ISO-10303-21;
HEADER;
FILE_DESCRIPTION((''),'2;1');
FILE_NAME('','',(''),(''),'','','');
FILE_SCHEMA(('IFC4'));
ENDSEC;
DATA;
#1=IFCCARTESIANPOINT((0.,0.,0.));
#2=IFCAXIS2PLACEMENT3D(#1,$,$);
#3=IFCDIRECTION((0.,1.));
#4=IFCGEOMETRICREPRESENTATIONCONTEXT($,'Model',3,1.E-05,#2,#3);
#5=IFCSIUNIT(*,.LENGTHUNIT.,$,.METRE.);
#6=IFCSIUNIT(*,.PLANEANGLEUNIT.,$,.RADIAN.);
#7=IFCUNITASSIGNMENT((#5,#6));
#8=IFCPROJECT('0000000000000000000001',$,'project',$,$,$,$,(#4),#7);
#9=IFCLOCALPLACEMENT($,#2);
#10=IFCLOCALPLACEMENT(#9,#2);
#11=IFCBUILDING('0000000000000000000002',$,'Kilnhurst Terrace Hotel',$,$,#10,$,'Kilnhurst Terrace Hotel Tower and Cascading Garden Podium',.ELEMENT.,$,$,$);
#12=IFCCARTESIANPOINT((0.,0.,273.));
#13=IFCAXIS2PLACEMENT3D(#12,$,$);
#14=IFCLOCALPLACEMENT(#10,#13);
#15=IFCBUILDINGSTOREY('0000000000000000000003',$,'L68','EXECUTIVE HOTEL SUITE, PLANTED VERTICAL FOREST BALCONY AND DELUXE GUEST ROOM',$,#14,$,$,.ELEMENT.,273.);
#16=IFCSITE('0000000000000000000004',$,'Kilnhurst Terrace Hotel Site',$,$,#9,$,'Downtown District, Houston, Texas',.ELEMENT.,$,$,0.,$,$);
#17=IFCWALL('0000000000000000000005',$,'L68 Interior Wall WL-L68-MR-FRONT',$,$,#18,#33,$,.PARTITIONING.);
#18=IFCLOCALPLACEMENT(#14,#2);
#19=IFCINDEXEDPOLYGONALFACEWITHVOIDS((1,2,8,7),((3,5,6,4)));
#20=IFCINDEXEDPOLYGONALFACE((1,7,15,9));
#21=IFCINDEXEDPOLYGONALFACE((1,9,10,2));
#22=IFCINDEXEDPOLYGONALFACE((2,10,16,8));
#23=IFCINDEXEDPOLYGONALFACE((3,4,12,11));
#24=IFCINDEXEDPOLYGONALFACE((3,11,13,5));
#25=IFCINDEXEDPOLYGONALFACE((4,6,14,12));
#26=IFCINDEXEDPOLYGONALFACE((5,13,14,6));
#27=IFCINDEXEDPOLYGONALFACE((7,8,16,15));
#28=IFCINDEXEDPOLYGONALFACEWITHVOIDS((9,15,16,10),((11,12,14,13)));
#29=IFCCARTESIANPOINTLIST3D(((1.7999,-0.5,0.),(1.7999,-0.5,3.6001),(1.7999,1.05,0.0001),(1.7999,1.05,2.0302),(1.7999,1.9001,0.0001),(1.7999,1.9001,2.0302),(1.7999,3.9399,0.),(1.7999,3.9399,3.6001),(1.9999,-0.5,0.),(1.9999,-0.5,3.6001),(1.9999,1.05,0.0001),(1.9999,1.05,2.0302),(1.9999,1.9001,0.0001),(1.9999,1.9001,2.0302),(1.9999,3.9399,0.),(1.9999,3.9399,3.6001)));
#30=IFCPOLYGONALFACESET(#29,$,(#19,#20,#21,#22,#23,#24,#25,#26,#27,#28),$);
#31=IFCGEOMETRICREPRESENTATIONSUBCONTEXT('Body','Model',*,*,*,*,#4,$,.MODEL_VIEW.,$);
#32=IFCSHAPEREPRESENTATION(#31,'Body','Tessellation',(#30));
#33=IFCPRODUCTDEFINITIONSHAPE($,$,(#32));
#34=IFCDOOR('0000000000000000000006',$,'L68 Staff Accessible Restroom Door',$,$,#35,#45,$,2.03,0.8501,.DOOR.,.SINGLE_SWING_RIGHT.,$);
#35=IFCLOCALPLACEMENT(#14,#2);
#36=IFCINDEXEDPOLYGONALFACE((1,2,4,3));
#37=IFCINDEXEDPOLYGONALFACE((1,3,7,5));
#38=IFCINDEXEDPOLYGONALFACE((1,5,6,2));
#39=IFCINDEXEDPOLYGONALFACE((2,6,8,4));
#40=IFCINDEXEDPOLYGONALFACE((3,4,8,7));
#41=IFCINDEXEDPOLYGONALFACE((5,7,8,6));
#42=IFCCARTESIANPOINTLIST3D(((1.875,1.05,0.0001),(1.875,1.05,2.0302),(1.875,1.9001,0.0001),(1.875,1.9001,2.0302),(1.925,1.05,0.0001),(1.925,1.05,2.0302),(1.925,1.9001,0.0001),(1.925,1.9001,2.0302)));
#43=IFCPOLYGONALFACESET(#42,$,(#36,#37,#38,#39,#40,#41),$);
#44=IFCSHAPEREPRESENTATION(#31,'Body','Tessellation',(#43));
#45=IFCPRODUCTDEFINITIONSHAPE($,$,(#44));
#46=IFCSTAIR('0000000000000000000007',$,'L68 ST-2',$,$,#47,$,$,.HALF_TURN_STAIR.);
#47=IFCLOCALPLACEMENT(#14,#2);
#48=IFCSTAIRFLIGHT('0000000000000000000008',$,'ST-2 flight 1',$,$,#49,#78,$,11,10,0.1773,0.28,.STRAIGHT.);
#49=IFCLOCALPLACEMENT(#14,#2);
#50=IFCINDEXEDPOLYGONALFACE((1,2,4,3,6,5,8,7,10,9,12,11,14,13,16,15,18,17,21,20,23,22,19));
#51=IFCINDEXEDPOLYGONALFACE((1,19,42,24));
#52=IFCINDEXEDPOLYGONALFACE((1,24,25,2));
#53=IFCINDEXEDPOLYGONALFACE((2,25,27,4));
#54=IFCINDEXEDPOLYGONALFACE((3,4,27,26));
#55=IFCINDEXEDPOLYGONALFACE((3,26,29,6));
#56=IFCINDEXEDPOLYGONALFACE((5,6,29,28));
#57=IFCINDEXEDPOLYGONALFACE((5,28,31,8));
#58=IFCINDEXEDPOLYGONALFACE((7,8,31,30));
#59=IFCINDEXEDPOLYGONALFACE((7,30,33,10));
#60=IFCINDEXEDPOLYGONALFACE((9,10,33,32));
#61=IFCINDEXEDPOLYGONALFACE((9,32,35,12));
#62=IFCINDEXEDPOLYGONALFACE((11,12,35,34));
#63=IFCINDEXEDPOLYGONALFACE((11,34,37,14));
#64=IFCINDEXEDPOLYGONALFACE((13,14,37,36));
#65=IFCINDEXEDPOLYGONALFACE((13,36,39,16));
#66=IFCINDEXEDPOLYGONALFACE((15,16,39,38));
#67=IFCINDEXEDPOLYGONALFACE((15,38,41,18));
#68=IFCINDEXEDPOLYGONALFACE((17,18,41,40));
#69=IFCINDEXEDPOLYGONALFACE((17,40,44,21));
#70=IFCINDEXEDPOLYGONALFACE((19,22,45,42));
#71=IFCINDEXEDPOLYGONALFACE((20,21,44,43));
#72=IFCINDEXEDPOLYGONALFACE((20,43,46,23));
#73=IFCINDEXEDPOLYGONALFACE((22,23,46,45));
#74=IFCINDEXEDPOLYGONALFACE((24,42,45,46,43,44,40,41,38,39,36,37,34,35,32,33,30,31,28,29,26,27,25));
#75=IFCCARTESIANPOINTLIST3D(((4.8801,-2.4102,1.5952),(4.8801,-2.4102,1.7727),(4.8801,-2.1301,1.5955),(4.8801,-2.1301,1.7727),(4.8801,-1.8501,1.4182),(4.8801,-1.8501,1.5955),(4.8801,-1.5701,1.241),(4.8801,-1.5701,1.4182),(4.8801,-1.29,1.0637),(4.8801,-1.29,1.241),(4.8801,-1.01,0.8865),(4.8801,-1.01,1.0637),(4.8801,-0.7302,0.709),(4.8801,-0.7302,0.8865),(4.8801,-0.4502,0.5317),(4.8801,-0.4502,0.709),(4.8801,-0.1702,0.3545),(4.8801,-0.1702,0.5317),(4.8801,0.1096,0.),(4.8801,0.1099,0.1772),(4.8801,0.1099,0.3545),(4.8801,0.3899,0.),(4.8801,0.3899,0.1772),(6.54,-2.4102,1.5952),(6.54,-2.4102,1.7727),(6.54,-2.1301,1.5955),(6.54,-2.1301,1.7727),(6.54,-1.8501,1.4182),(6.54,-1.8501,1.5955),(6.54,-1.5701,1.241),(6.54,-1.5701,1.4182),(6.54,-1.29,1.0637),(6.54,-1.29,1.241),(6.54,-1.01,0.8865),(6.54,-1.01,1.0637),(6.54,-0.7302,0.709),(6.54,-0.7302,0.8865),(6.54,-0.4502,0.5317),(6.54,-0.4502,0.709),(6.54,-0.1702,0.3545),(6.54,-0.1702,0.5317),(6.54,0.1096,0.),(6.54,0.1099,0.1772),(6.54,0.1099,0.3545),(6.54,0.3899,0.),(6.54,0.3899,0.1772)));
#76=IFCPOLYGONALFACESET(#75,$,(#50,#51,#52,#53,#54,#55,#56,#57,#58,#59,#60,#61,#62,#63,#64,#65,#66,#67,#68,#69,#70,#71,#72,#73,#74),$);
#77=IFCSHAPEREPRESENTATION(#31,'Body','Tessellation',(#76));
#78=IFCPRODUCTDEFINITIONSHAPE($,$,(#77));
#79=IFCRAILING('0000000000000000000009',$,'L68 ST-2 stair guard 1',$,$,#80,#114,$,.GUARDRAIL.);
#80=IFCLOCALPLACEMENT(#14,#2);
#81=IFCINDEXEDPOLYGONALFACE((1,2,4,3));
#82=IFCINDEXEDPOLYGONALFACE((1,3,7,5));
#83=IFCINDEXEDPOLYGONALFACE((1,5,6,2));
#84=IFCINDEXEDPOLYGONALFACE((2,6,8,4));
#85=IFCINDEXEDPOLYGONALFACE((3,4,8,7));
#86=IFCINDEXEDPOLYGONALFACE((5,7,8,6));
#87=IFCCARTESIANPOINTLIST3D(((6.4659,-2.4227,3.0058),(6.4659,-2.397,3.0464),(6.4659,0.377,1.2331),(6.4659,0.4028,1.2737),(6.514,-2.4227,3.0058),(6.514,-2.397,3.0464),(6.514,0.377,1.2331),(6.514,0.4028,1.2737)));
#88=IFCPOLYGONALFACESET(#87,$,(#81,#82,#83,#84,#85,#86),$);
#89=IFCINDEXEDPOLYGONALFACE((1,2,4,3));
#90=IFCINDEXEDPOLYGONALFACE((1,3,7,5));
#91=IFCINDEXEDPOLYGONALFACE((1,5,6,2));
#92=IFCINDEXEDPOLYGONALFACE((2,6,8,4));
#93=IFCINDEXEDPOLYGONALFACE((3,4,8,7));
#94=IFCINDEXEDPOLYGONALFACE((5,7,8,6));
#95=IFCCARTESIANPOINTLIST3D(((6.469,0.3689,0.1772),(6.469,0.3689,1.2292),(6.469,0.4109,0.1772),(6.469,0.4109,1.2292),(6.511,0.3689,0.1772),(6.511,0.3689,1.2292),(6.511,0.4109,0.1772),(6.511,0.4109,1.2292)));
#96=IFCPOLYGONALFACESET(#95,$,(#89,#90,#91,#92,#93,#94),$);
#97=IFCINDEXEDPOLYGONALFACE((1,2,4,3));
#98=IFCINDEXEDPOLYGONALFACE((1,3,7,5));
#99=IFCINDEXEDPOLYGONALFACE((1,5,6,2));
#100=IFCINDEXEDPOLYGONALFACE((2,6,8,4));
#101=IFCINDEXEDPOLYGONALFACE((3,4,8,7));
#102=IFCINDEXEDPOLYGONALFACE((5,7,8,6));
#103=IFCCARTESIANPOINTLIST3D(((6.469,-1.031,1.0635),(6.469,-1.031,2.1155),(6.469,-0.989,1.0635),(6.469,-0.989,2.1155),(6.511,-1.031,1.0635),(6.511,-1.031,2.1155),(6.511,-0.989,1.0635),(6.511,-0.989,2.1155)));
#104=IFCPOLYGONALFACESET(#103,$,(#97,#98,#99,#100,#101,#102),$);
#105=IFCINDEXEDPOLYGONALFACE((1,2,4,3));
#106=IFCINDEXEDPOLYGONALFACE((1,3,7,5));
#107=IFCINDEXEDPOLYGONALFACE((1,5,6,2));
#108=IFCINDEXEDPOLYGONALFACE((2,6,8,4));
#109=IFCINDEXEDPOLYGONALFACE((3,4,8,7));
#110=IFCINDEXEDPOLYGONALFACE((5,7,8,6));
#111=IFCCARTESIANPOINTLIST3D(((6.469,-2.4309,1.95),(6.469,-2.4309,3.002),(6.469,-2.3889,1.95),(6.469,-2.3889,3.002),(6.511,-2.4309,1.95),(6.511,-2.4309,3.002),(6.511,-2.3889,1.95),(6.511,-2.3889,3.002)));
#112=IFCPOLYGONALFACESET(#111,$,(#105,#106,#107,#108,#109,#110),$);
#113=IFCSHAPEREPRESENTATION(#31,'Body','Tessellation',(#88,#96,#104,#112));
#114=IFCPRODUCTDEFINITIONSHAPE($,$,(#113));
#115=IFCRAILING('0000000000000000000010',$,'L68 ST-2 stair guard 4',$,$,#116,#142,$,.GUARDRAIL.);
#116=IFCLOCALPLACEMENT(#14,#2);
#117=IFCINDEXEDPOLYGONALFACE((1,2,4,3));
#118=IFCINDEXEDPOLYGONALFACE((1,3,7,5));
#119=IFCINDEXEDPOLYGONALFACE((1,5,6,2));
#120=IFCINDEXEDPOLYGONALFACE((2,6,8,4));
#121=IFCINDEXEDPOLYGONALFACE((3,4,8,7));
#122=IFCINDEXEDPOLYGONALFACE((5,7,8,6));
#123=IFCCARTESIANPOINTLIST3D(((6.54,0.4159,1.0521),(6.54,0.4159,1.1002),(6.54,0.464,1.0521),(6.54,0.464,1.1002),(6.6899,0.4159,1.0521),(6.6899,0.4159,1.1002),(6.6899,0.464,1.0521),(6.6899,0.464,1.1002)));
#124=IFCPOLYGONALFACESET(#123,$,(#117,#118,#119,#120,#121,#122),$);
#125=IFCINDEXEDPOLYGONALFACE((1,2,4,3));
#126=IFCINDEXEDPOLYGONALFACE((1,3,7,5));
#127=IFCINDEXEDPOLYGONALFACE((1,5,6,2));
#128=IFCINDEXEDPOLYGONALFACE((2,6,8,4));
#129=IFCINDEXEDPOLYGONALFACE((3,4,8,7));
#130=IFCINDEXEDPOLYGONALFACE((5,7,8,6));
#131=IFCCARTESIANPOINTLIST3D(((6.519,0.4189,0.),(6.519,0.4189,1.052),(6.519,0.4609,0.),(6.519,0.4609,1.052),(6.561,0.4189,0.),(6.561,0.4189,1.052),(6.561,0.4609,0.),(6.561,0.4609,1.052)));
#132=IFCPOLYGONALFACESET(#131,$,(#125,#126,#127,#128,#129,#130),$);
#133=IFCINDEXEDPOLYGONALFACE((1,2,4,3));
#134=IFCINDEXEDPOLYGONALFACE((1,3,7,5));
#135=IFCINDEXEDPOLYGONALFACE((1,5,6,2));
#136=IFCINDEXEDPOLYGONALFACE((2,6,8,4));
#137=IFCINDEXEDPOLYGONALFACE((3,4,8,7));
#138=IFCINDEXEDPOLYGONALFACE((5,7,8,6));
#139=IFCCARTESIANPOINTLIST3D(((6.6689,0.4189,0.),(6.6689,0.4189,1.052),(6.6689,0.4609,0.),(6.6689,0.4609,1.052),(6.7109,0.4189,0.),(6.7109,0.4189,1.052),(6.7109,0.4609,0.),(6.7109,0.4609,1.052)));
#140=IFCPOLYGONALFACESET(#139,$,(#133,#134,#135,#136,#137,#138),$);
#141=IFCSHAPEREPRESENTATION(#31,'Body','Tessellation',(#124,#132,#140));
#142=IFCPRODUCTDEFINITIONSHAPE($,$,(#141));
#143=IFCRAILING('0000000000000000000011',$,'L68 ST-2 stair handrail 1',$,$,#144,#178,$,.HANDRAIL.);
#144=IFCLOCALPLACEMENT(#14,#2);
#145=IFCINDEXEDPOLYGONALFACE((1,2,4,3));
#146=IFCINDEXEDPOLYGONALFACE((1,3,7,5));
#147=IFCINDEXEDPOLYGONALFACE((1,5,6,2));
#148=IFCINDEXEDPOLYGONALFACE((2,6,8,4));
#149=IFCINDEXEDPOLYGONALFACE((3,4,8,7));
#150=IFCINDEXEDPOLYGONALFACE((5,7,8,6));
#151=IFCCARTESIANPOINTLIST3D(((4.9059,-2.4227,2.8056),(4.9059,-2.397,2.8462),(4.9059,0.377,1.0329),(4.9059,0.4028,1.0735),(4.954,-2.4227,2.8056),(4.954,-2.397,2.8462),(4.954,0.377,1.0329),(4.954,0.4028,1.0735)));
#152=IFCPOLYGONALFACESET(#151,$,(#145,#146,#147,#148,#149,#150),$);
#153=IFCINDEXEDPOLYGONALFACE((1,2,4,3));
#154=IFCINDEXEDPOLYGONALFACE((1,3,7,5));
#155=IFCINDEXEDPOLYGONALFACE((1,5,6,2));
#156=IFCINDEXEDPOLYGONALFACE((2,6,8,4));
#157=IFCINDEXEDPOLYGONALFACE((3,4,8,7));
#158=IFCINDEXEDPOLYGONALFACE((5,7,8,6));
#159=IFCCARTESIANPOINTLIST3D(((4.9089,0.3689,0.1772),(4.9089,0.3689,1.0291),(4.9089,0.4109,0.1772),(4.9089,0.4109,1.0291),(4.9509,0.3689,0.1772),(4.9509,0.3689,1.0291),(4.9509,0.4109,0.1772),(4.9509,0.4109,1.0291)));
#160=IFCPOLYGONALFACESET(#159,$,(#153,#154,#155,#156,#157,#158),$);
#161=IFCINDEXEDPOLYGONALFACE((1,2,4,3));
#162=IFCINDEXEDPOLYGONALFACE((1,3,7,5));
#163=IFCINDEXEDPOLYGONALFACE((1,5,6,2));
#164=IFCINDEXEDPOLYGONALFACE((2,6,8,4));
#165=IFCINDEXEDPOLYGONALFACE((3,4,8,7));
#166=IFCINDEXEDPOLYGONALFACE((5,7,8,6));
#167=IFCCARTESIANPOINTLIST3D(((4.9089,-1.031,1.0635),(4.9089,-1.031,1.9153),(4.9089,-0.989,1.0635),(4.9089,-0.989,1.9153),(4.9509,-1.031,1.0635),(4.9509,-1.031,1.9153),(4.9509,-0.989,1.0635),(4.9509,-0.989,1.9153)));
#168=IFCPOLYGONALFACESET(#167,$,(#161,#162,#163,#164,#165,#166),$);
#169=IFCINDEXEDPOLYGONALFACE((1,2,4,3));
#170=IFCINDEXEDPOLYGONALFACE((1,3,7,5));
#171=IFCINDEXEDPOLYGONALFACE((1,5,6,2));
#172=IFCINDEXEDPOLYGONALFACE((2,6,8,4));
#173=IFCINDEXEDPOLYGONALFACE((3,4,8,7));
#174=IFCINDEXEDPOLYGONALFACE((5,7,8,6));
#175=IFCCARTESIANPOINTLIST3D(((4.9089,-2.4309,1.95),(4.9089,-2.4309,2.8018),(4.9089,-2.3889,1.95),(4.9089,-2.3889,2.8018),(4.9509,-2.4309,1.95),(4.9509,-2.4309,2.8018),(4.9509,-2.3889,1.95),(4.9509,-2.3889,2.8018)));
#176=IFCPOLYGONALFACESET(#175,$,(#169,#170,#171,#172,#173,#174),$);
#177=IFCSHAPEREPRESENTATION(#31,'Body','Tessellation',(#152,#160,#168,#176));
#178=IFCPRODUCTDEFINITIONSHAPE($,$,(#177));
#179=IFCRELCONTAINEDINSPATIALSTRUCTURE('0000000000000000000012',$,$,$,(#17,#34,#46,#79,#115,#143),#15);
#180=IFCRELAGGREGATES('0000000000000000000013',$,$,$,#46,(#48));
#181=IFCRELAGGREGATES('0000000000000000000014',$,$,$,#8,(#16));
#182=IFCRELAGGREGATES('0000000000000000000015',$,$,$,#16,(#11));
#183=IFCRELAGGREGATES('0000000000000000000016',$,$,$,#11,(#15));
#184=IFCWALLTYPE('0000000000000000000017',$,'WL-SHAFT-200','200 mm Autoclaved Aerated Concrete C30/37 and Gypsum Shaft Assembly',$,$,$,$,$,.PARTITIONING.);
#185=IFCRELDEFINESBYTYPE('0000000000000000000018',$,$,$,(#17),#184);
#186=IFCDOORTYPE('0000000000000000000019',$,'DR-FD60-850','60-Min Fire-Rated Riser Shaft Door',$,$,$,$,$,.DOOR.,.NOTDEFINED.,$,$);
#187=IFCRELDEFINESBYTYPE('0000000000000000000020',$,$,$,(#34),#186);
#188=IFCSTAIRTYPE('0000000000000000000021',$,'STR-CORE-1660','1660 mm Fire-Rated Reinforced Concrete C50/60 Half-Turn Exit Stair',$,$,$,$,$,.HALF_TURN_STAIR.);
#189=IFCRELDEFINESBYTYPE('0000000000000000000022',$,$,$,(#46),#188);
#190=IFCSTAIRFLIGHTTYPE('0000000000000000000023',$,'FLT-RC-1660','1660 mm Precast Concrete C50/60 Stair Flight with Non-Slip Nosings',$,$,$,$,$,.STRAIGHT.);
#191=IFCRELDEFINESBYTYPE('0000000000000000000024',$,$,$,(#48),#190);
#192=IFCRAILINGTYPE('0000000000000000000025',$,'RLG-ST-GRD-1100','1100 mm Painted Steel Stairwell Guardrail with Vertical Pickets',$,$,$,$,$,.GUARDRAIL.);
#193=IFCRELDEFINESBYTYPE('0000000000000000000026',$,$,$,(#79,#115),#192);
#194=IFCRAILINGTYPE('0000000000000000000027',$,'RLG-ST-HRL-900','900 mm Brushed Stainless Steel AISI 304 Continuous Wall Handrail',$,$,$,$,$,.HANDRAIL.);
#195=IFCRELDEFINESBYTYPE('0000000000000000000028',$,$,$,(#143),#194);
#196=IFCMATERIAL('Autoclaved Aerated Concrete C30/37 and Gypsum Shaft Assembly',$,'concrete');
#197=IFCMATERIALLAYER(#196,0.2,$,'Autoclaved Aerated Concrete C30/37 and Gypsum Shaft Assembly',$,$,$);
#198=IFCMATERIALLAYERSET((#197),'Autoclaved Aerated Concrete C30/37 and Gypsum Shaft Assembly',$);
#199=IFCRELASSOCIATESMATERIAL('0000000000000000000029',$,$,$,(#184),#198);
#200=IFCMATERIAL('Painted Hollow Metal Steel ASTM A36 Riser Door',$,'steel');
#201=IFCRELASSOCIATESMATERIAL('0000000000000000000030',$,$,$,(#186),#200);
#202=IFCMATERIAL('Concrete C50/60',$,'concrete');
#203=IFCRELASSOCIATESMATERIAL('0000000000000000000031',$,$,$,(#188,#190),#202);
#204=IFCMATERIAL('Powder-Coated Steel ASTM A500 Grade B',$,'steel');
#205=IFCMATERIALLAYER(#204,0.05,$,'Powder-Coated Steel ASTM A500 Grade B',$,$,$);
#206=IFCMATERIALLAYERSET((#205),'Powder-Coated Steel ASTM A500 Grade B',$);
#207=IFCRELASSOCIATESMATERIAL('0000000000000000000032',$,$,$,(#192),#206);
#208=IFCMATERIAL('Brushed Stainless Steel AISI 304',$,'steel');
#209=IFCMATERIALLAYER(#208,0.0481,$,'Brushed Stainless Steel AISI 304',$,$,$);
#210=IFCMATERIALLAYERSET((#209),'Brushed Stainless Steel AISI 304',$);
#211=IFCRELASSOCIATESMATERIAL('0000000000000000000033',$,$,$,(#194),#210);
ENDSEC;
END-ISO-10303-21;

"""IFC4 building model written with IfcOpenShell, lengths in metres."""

from ifc_helpers import new_model, si_unit, direction, frame, frame_2d, origin, origin_2d, place, context, subcontext, project, spatial, polyline, rectangle, outline, extrude, material, layer, layer_set, type_object, element, fill, aggregate, save


model = new_model("IFC4")

# Units and contexts
model_context = context("Model", 3, precision=1e-05, world=origin(), true_north=direction((0.0, 1.0)))
body_context = subcontext(model_context, "Body", "Model", "MODEL_VIEW")
ifc_project = project(units=[si_unit("LENGTHUNIT", "METRE"), si_unit("PLANEANGLEUNIT", "RADIAN")], contexts=[model_context])

# Site, building, storey
site_placement = place(None, origin())
site = spatial("IfcSite", under=ifc_project, at=site_placement, Name="Kilnhurst Terrace Hotel Site", LongName="Downtown District, Houston, Texas", CompositionType="ELEMENT", RefElevation=0.0)
building_placement = place(site_placement, origin())
building = spatial("IfcBuilding", under=site, at=building_placement, Name="Kilnhurst Terrace Hotel", LongName="Kilnhurst Terrace Hotel Tower and Cascading Garden Podium", CompositionType="ELEMENT")
storey_placement = place(building_placement, frame((0.0, 0.0, 273.0)))
storey = spatial("IfcBuildingStorey", under=building, at=storey_placement, Name="L68", Description="EXECUTIVE HOTEL SUITE, PLANTED VERTICAL FOREST BALCONY AND DELUXE GUEST ROOM", CompositionType="ELEMENT", Elevation=273.0)

# Shared definitions
ifc_material_1 = material(Name="Autoclaved Aerated Concrete C30/37 and Gypsum Shaft Assembly", Category="concrete")
ifc_layer_1 = layer(ifc_material_1, 0.2, Name="Autoclaved Aerated Concrete C30/37 and Gypsum Shaft Assembly")
ifc_layer_set_1 = layer_set([ifc_layer_1], Name="Autoclaved Aerated Concrete C30/37 and Gypsum Shaft Assembly")
wall_type_1 = type_object("IfcWallType", Name="WL-SHAFT-200", Description="200 mm Autoclaved Aerated Concrete C30/37 and Gypsum Shaft Assembly", PredefinedType="PARTITIONING", material=ifc_layer_set_1)
ifc_material_2 = material(Name="Painted Hollow Metal Steel ASTM A36 Riser Door", Category="steel")
door_type_1 = type_object("IfcDoorType", Name="DR-FD60-850", Description="60-Min Fire-Rated Riser Shaft Door", OperationType="NOTDEFINED", PredefinedType="DOOR", material=ifc_material_2)

# Wall, opening, door
wall_1_placement = place(storey_placement, frame((1.8999, -0.5, 0.0), z_axis=(0.0, 0.0, 1.0), x_axis=(0.0, 1.0, 0.0)))
wall_1 = element("IfcWall", 1, at=wall_1_placement, inside=storey, type_object=wall_type_1, Name="L68 Interior Wall WL-L68-MR-FRONT", PredefinedType="PARTITIONING", context=body_context, shape_type="SweptSolid", body=[
    extrude(rectangle(XDim=4.4399, YDim=0.2, at=frame_2d((2.22, 0.0))), origin(), (0.0, 0.0, 1.0), 3.6001),
])
opening_1_placement = place(wall_1_placement, frame((1.55, 0.0, 0.0)))
opening_1 = element("IfcOpeningElement", 2, at=opening_1_placement, cuts=wall_1, PredefinedType="OPENING", context=body_context, shape_type="SweptSolid", body=[
    extrude(rectangle(XDim=0.8501, YDim=2.03, at=frame_2d((0.425, 1.0151))), frame((0.0, 0.1099, 0.0), z_axis=(0.0, -1.0, 0.0), x_axis=(1.0, 0.0, 0.0)), (0.0, 0.0, 1.0), 0.22),
])
door_1_placement = place(opening_1_placement, origin())
door_1 = element("IfcDoor", 3, at=door_1_placement, inside=storey, type_object=door_type_1, Name="L68 Staff Accessible Restroom Door", OperationType="SINGLE_SWING_RIGHT", OverallHeight=2.03, OverallWidth=0.8501, PredefinedType="DOOR", context=body_context, shape_type="SweptSolid", body=[
    extrude(rectangle(XDim=0.8501, YDim=2.03, at=frame_2d((0.425, 1.0151))), frame((0.0, 0.0249, 0.0), z_axis=(0.0, -1.0, 0.0), x_axis=(1.0, 0.0, 0.0)), (0.0, 0.0, 1.0), 0.05),
])
fill(opening_1, door_1)
ifc_material_3 = material(Name="Concrete C50/60", Category="concrete")

# Stair, stair flight
stair_type = type_object("IfcStairType", Name="STR-CORE-1660", Description="1660 mm Fire-Rated Reinforced Concrete C50/60 Half-Turn Exit Stair", PredefinedType="HALF_TURN_STAIR", material=ifc_material_3)
stair_placement = place(storey_placement, origin())
stair = element("IfcStair", 4, at=stair_placement, inside=storey, type_object=stair_type, Name="L68 ST-2", PredefinedType="HALF_TURN_STAIR")
stair_flight_type = type_object("IfcStairFlightType", Name="FLT-RC-1660", Description="1660 mm Precast Concrete C50/60 Stair Flight with Non-Slip Nosings", PredefinedType="STRAIGHT", material=ifc_material_3)
stair_flight_placement = place(storey_placement, frame((5.71, 0.3899, 0.0), z_axis=(0.0, 0.0, 1.0), x_axis=(0.0, -1.0, 0.0)))
stair_flight = element("IfcStairFlight", 5, at=stair_flight_placement, type_object=stair_flight_type, Name="ST-2 flight 1", NumberOfRisers=11, NumberOfTreads=10, PredefinedType="STRAIGHT", RiserHeight=0.1773, TreadLength=0.28, context=body_context, shape_type="SweptSolid", body=[
    extrude(outline(polyline([(0.0, 0.0), (0.0, 0.1772), (0.28, 0.1772), (0.28, 0.3545), (0.5601, 0.3545), (0.5601, 0.5317), (0.8401, 0.5317), (0.8401, 0.709), (1.1201, 0.709), (1.1201, 0.8865), (1.3999, 0.8865), (1.3999, 1.0637), (1.6799, 1.0637), (1.6799, 1.241), (1.96, 1.241), (1.96, 1.4182), (2.24, 1.4182), (2.24, 1.5955), (2.52, 1.5955), (2.52, 1.7727), (2.8, 1.7727), (2.8, 1.95), (2.8, 1.5952), (0.2803, 0.0), (0.0, 0.0)])), frame((0.0, 0.8301, 0.0), z_axis=(0.0, -1.0, 0.0), x_axis=(1.0, 0.0, 0.0)), (0.0, 0.0, 1.0), 1.6599),
])
aggregate(stair, [stair_flight])

# Railings
ifc_material_4 = material(Name="Powder-Coated Steel ASTM A500 Grade B", Category="steel")
ifc_layer_2 = layer(ifc_material_4, 0.05, Name="Powder-Coated Steel ASTM A500 Grade B")
ifc_layer_set_2 = layer_set([ifc_layer_2], Name="Powder-Coated Steel ASTM A500 Grade B")
railing_type_1 = type_object("IfcRailingType", Name="RLG-ST-GRD-1100", Description="1100 mm Painted Steel Stairwell Guardrail with Vertical Pickets", PredefinedType="GUARDRAIL", material=ifc_layer_set_2)
railing_1_placement = place(storey_placement, frame((6.49, 0.3899, 0.1772)))
element("IfcRailing", 6, at=railing_1_placement, inside=storey, type_object=railing_type_1, Name="L68 ST-2 stair guard 1", PredefinedType="GUARDRAIL", context=body_context, shape_type="SweptSolid", body=[
    extrude(rectangle(XDim=0.0481, YDim=0.0481, at=origin_2d()), frame((0.0, 0.0, 1.0762), z_axis=(0.0, -0.844888, 0.534943), x_axis=(1.0, 0.0, 0.0)), (0.0, 0.0, 1.0), 3.3137),
    extrude(rectangle(XDim=0.042, YDim=0.042, at=origin_2d()), origin(), (0.0, 0.0, 1.0), 1.052),
    extrude(rectangle(XDim=0.042, YDim=0.042, at=origin_2d()), frame((0.0, -1.3999, 0.8862)), (0.0, 0.0, 1.0), 1.052),
    extrude(rectangle(XDim=0.042, YDim=0.042, at=origin_2d()), frame((0.0, -2.7998, 1.7727)), (0.0, 0.0, 1.0), 1.052),
])
railing_2_placement = place(storey_placement, frame((6.54, 0.4399, 0.0)))
element("IfcRailing", 7, at=railing_2_placement, inside=storey, type_object=railing_type_1, Name="L68 ST-2 stair guard 4", PredefinedType="GUARDRAIL", context=body_context, shape_type="SweptSolid", body=[
    extrude(rectangle(XDim=0.0481, YDim=0.0481, at=origin_2d()), frame((0.0, 0.0, 1.0762), z_axis=(1.0, 0.0, 0.0), x_axis=(0.0, 1.0, 0.0)), (0.0, 0.0, 1.0), 0.1499),
    extrude(rectangle(XDim=0.042, YDim=0.042, at=origin_2d()), origin(), (0.0, 0.0, 1.0), 1.052),
    extrude(rectangle(XDim=0.042, YDim=0.042, at=origin_2d()), frame((0.1499, 0.0, 0.0)), (0.0, 0.0, 1.0), 1.052),
])
ifc_material_5 = material(Name="Brushed Stainless Steel AISI 304", Category="steel")
ifc_layer_3 = layer(ifc_material_5, 0.0481, Name="Brushed Stainless Steel AISI 304")
ifc_layer_set_3 = layer_set([ifc_layer_3], Name="Brushed Stainless Steel AISI 304")
railing_type_2 = type_object("IfcRailingType", Name="RLG-ST-HRL-900", Description="900 mm Brushed Stainless Steel AISI 304 Continuous Wall Handrail", PredefinedType="HANDRAIL", material=ifc_layer_set_3)
railing_3_placement = place(storey_placement, frame((4.9299, 0.3899, 0.1772)))
element("IfcRailing", 8, at=railing_3_placement, inside=storey, type_object=railing_type_2, Name="L68 ST-2 stair handrail 1", PredefinedType="HANDRAIL", context=body_context, shape_type="SweptSolid", body=[
    extrude(rectangle(XDim=0.0481, YDim=0.0481, at=origin_2d()), frame((0.0, 0.0, 0.876), z_axis=(0.0, -0.844888, 0.534943), x_axis=(1.0, 0.0, 0.0)), (0.0, 0.0, 1.0), 3.3137),
    extrude(rectangle(XDim=0.042, YDim=0.042, at=origin_2d()), origin(), (0.0, 0.0, 1.0), 0.8518),
    extrude(rectangle(XDim=0.042, YDim=0.042, at=origin_2d()), frame((0.0, -1.3999, 0.8862)), (0.0, 0.0, 1.0), 0.8518),
    extrude(rectangle(XDim=0.042, YDim=0.042, at=origin_2d()), frame((0.0, -2.7998, 1.7727)), (0.0, 0.0, 1.0), 0.8518),
])

save(model, "model.ifc")
